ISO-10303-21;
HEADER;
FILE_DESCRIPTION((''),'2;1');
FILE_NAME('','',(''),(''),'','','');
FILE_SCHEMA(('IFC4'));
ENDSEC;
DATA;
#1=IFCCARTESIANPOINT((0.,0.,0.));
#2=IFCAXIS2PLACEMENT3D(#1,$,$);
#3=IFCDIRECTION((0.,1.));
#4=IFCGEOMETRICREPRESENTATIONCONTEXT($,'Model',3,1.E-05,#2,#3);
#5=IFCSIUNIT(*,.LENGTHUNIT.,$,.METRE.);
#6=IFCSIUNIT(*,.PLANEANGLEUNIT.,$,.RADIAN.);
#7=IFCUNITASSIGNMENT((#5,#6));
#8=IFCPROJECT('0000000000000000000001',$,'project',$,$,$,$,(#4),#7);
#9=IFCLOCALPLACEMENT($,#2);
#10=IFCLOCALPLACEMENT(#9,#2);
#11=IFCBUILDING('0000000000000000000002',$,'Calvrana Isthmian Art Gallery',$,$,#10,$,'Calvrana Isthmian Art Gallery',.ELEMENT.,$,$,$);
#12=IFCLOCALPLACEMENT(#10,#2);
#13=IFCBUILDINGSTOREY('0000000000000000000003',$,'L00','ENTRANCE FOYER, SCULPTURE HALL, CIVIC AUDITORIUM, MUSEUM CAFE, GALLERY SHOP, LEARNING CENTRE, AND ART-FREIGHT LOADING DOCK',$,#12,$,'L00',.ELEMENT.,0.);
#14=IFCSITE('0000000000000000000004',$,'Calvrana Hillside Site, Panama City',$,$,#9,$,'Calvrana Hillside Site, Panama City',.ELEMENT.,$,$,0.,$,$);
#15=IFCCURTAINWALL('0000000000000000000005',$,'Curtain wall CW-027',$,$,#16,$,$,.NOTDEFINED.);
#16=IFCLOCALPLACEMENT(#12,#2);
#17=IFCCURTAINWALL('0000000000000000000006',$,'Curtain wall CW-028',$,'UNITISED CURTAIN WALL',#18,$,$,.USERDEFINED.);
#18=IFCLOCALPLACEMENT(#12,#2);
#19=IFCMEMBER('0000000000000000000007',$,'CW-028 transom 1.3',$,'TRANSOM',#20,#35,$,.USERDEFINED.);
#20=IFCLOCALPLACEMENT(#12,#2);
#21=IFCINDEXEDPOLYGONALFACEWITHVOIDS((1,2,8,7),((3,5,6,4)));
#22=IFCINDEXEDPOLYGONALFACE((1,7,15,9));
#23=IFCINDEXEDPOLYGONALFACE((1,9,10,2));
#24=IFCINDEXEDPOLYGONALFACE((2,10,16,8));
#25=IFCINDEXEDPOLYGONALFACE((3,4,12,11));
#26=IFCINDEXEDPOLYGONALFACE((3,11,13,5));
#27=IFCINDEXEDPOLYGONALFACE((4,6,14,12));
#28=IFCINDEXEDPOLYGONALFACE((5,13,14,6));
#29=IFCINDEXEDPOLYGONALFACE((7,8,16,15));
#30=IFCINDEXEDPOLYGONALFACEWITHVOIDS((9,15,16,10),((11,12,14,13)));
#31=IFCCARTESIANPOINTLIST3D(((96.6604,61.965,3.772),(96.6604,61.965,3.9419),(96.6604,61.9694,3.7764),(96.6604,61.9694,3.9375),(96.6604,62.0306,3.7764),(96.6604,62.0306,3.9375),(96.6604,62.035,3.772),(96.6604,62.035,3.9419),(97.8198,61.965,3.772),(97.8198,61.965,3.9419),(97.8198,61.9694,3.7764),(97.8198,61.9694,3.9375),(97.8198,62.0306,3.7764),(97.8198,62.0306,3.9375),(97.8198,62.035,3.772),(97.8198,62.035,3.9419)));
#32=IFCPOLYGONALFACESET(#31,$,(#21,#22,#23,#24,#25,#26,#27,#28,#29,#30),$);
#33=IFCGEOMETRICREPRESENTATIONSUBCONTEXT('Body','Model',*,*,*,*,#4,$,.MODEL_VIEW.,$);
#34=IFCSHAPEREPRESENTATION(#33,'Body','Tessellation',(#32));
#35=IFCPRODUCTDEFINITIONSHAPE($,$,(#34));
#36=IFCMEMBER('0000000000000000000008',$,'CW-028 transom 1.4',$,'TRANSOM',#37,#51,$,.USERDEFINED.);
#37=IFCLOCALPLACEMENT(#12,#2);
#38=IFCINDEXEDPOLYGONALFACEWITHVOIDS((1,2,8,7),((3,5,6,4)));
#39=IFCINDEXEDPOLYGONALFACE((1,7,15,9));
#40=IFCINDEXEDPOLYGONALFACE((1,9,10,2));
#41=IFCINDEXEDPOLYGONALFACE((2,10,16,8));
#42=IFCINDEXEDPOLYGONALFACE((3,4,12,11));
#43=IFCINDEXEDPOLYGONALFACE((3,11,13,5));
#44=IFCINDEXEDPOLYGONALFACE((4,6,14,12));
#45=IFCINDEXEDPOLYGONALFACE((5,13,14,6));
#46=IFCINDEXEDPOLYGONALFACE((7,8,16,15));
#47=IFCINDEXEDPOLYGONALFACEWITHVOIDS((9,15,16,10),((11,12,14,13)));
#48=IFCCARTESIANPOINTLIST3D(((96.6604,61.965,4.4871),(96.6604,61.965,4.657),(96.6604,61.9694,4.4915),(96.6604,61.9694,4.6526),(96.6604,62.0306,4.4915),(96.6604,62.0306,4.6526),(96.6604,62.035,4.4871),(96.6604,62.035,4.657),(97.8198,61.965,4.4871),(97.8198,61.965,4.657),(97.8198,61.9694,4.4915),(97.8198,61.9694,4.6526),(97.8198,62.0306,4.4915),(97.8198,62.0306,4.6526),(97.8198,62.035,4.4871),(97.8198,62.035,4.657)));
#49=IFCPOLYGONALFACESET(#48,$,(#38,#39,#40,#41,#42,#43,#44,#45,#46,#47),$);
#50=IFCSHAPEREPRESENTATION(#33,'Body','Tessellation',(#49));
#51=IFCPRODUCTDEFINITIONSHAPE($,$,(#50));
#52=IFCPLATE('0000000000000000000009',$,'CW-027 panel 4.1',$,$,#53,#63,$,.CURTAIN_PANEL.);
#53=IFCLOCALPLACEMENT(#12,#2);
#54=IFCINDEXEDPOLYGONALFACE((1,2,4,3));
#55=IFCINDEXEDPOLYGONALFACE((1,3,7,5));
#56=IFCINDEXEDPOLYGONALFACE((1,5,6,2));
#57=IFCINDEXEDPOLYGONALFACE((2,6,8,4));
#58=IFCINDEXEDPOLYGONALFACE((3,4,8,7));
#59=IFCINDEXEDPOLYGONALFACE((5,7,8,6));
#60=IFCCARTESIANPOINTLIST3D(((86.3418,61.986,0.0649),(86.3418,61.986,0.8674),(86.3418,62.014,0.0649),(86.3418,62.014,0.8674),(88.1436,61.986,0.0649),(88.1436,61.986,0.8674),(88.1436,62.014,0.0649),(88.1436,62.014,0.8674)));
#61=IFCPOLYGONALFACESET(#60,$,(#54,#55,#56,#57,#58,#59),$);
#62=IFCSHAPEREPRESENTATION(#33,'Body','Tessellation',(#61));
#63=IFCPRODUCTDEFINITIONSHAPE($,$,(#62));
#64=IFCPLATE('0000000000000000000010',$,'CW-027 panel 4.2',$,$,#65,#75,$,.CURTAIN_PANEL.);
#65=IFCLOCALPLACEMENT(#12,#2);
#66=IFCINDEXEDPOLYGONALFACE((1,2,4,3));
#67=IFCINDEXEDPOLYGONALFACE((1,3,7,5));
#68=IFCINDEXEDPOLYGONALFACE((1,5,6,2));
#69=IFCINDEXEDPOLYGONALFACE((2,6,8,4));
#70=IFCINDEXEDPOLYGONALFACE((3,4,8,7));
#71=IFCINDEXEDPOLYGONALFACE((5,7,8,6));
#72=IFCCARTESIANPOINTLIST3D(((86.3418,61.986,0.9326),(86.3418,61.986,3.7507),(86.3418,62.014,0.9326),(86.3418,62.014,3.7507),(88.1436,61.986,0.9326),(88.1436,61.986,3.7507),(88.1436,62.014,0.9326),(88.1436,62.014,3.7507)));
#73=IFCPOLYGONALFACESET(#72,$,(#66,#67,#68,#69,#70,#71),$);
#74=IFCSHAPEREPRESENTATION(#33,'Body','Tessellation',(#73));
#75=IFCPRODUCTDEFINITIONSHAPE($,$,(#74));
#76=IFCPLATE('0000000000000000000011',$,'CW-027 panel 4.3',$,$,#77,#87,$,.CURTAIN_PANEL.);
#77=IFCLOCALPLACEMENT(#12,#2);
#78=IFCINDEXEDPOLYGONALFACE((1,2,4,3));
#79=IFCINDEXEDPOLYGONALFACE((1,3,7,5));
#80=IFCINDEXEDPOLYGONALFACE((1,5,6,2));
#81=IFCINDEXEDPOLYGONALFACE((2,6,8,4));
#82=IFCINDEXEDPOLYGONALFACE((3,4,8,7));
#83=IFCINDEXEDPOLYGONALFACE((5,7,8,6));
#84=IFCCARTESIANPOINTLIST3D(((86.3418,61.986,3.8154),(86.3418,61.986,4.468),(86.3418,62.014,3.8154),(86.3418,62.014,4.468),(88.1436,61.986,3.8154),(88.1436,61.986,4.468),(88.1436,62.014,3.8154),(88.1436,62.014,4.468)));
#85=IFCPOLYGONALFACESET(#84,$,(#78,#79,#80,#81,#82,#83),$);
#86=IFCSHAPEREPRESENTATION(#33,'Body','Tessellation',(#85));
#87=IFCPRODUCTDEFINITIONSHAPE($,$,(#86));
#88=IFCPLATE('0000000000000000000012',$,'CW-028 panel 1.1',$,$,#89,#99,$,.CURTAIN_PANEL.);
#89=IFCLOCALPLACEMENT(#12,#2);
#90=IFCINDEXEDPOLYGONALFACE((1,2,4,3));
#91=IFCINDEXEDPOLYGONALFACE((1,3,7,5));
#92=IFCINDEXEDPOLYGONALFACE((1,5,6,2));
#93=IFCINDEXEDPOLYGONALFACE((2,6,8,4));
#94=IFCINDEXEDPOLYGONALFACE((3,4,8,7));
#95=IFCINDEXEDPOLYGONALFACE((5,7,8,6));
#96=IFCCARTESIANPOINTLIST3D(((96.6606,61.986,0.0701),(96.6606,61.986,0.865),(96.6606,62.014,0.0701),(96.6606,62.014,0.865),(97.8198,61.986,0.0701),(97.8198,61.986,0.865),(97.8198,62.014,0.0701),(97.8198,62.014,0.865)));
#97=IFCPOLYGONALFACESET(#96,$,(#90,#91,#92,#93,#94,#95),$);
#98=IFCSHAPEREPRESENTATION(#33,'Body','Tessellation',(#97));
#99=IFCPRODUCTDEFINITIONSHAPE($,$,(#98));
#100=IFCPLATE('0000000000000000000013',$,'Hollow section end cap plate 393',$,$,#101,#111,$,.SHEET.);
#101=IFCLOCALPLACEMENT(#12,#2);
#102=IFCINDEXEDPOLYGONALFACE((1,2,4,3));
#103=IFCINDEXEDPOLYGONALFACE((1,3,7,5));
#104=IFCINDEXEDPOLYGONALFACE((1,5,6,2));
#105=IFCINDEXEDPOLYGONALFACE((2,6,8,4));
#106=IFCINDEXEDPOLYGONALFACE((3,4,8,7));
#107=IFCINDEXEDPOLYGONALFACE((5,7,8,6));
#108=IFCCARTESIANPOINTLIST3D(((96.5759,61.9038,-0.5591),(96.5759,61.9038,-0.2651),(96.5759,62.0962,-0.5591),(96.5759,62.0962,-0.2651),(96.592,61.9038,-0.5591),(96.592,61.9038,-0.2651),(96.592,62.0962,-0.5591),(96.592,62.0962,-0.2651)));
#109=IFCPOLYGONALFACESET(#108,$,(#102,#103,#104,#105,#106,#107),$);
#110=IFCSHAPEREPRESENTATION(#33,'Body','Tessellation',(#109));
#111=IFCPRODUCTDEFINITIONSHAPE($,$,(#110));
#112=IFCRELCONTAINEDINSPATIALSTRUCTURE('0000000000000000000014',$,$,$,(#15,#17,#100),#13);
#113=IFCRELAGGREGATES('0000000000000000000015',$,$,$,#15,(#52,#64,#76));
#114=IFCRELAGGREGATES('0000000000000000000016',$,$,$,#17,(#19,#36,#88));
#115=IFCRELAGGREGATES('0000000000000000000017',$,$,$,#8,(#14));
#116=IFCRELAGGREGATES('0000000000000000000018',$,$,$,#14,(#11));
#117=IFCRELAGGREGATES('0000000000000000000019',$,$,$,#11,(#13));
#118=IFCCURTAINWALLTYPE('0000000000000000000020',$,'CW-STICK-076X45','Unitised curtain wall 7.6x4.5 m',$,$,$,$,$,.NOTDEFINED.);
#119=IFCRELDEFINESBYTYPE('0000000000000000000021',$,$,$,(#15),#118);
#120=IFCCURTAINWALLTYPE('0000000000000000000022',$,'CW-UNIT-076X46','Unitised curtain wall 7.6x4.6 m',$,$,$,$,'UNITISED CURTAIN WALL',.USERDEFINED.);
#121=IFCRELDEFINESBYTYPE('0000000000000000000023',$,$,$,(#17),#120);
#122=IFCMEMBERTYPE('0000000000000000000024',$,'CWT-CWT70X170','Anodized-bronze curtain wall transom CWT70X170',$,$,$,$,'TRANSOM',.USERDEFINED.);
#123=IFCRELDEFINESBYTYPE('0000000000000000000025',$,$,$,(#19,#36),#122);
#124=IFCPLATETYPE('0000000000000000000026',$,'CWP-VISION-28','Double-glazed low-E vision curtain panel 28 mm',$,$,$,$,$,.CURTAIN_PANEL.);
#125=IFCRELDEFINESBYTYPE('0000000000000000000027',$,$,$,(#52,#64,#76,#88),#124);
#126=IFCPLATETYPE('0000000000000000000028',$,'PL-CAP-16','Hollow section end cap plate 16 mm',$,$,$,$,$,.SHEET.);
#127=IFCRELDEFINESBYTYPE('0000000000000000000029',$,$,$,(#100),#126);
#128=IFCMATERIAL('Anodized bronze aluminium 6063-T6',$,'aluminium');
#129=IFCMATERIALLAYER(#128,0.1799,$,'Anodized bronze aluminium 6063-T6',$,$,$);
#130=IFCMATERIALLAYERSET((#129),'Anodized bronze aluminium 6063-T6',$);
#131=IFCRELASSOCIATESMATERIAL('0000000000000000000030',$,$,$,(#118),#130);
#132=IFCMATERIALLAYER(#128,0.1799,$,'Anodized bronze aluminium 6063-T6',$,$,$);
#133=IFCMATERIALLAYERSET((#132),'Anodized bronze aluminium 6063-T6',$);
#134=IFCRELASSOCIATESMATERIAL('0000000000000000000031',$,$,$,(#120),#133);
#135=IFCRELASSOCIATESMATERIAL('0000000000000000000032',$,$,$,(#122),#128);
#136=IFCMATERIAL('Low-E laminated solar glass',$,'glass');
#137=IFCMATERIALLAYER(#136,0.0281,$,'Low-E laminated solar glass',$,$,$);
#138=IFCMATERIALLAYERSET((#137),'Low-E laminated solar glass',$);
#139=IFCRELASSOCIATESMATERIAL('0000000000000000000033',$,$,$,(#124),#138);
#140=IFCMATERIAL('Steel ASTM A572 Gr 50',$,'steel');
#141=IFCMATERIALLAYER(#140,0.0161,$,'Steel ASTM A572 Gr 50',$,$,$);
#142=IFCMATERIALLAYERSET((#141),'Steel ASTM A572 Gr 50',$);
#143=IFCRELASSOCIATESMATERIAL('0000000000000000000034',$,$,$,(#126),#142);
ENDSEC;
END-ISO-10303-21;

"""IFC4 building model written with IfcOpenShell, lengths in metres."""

from ifc_helpers import new_model, si_unit, direction, frame, origin, origin_2d, place, context, subcontext, project, spatial, rectangle, hollow_rectangle, extrude, material, layer, layer_set, material_profile, profile_set, type_object, element, aggregate, save


model = new_model("IFC4")

# Units and contexts
model_context = context("Model", 3, precision=1e-05, world=origin(), true_north=direction((0.0, 1.0)))
body_context = subcontext(model_context, "Body", "Model", "MODEL_VIEW")
ifc_project = project(units=[si_unit("LENGTHUNIT", "METRE"), si_unit("PLANEANGLEUNIT", "RADIAN")], contexts=[model_context])

# Site, building, storey
site_placement = place(None, origin())
site = spatial("IfcSite", under=ifc_project, at=site_placement, Name="Calvrana Hillside Site, Panama City", LongName="Calvrana Hillside Site, Panama City", CompositionType="ELEMENT", RefElevation=0.0)
building_placement = place(site_placement, origin())
building = spatial("IfcBuilding", under=site, at=building_placement, Name="Calvrana Isthmian Art Gallery", LongName="Calvrana Isthmian Art Gallery", CompositionType="ELEMENT")
storey_placement = place(building_placement, origin())
storey = spatial("IfcBuildingStorey", under=building, at=storey_placement, Name="L00", Description="ENTRANCE FOYER, SCULPTURE HALL, CIVIC AUDITORIUM, MUSEUM CAFE, GALLERY SHOP, LEARNING CENTRE, AND ART-FREIGHT LOADING DOCK", LongName="L00", CompositionType="ELEMENT", Elevation=0.0)

# Curtain walls
ifc_material_1 = material(Name="Anodized bronze aluminium 6063-T6", Category="aluminium")
ifc_layer_1 = layer(ifc_material_1, 0.1799, Name="Anodized bronze aluminium 6063-T6")
ifc_layer_set_1 = layer_set([ifc_layer_1], Name="Anodized bronze aluminium 6063-T6")
curtain_wall_type_1 = type_object("IfcCurtainWallType", Name="CW-STICK-076X45", Description="Unitised curtain wall 7.6x4.5 m", PredefinedType="NOTDEFINED", material=ifc_layer_set_1)
curtain_wall_1_placement = place(storey_placement, origin())
curtain_wall_1 = element("IfcCurtainWall", 1, at=curtain_wall_1_placement, inside=storey, type_object=curtain_wall_type_1, Name="Curtain wall CW-027", PredefinedType="NOTDEFINED")
ifc_layer_2 = layer(ifc_material_1, 0.1799, Name="Anodized bronze aluminium 6063-T6")
ifc_layer_set_2 = layer_set([ifc_layer_2], Name="Anodized bronze aluminium 6063-T6")
curtain_wall_type_2 = type_object("IfcCurtainWallType", Name="CW-UNIT-076X46", Description="Unitised curtain wall 7.6x4.6 m", ElementType="UNITISED CURTAIN WALL", PredefinedType="USERDEFINED", material=ifc_layer_set_2)
curtain_wall_2_placement = place(storey_placement, origin())
curtain_wall_2 = element("IfcCurtainWall", 2, at=curtain_wall_2_placement, inside=storey, type_object=curtain_wall_type_2, Name="Curtain wall CW-028", ObjectType="UNITISED CURTAIN WALL", PredefinedType="USERDEFINED")

# Members
ifc_material_profile_1 = material_profile(ifc_material_1, hollow_rectangle(XDim=0.0701, YDim=0.1699, WallThickness=0.0044, at=origin_2d()), Name="CWT70X170")
ifc_profile_set_1 = profile_set([ifc_material_profile_1], Name="Anodized bronze aluminium 6063-T6")
member_type_1 = type_object("IfcMemberType", Name="CWT-CWT70X170", Description="Anodized-bronze curtain wall transom CWT70X170", ElementType="TRANSOM", PredefinedType="USERDEFINED", material=ifc_profile_set_1)
member_1_placement = place(storey_placement, frame((96.6604, 62.0, 3.8569), z_axis=(1.0, 0.0, 0.0), x_axis=(0.0, 1.0, 0.0)))
member_1 = element("IfcMember", 3, at=member_1_placement, type_object=member_type_1, Name="CW-028 transom 1.3", ObjectType="TRANSOM", PredefinedType="USERDEFINED", context=body_context, shape_type="SweptSolid", body=[
    extrude(hollow_rectangle(XDim=0.0701, YDim=0.1699, WallThickness=0.0044, at=origin_2d()), origin(), (0.0, 0.0, 1.0), 1.1594),
])
member_2_placement = place(storey_placement, frame((96.6604, 62.0, 4.572), z_axis=(1.0, 0.0, 0.0), x_axis=(0.0, 1.0, 0.0)))
member_2 = element("IfcMember", 4, at=member_2_placement, type_object=member_type_1, Name="CW-028 transom 1.4", ObjectType="TRANSOM", PredefinedType="USERDEFINED", context=body_context, shape_type="SweptSolid", body=[
    extrude(hollow_rectangle(XDim=0.0701, YDim=0.1699, WallThickness=0.0044, at=origin_2d()), origin(), (0.0, 0.0, 1.0), 1.1594),
])

# Plates
ifc_material_2 = material(Name="Low-E laminated solar glass", Category="glass")
ifc_layer_3 = layer(ifc_material_2, 0.0281, Name="Low-E laminated solar glass")
ifc_layer_set_3 = layer_set([ifc_layer_3], Name="Low-E laminated solar glass")
plate_type_1 = type_object("IfcPlateType", Name="CWP-VISION-28", Description="Double-glazed low-E vision curtain panel 28 mm", PredefinedType="CURTAIN_PANEL", material=ifc_layer_set_3)
plate_1_placement = place(storey_placement, frame((87.2427, 62.0, 0.0649), z_axis=(0.0, 0.0, 1.0), x_axis=(1.0, 0.0, 0.0)))
plate_1 = element("IfcPlate", 5, at=plate_1_placement, type_object=plate_type_1, Name="CW-027 panel 4.1", PredefinedType="CURTAIN_PANEL", context=body_context, shape_type="SweptSolid", body=[
    extrude(rectangle(XDim=1.8018, YDim=0.0281, at=origin_2d()), origin(), (0.0, 0.0, 1.0), 0.8025),
])
plate_2_placement = place(storey_placement, frame((87.2427, 62.0, 0.9326), z_axis=(0.0, 0.0, 1.0), x_axis=(1.0, 0.0, 0.0)))
plate_2 = element("IfcPlate", 6, at=plate_2_placement, type_object=plate_type_1, Name="CW-027 panel 4.2", PredefinedType="CURTAIN_PANEL", context=body_context, shape_type="SweptSolid", body=[
    extrude(rectangle(XDim=1.8018, YDim=0.0281, at=origin_2d()), origin(), (0.0, 0.0, 1.0), 2.8181),
])
plate_3_placement = place(storey_placement, frame((87.2427, 62.0, 3.8154), z_axis=(0.0, 0.0, 1.0), x_axis=(1.0, 0.0, 0.0)))
plate_3 = element("IfcPlate", 7, at=plate_3_placement, type_object=plate_type_1, Name="CW-027 panel 4.3", PredefinedType="CURTAIN_PANEL", context=body_context, shape_type="SweptSolid", body=[
    extrude(rectangle(XDim=1.8018, YDim=0.0281, at=origin_2d()), origin(), (0.0, 0.0, 1.0), 0.6526),
])
aggregate(curtain_wall_1, [plate_1, plate_2, plate_3])
plate_4_placement = place(storey_placement, frame((97.2402, 62.0, 0.0701), z_axis=(0.0, 0.0, 1.0), x_axis=(1.0, 0.0, 0.0)))
plate_4 = element("IfcPlate", 8, at=plate_4_placement, type_object=plate_type_1, Name="CW-028 panel 1.1", PredefinedType="CURTAIN_PANEL", context=body_context, shape_type="SweptSolid", body=[
    extrude(rectangle(XDim=1.1592, YDim=0.0281, at=origin_2d()), origin(), (0.0, 0.0, 1.0), 0.7949),
])
aggregate(curtain_wall_2, [member_1, member_2, plate_4])
ifc_material_3 = material(Name="Steel ASTM A572 Gr 50", Category="steel")
ifc_layer_4 = layer(ifc_material_3, 0.0161, Name="Steel ASTM A572 Gr 50")
ifc_layer_set_4 = layer_set([ifc_layer_4], Name="Steel ASTM A572 Gr 50")
plate_type_2 = type_object("IfcPlateType", Name="PL-CAP-16", Description="Hollow section end cap plate 16 mm", PredefinedType="SHEET", material=ifc_layer_set_4)
plate_5_placement = place(storey_placement, frame((96.584, 62.0, -0.5591), z_axis=(0.0, 0.0, 1.0), x_axis=(1.0, 0.0, 0.0)))
element("IfcPlate", 9, at=plate_5_placement, inside=storey, type_object=plate_type_2, Name="Hollow section end cap plate 393", PredefinedType="SHEET", context=body_context, shape_type="SweptSolid", body=[
    extrude(rectangle(XDim=0.0161, YDim=0.1924, at=origin_2d()), origin(), (0.0, 0.0, 1.0), 0.2939),
])

save(model, "model.ifc")
